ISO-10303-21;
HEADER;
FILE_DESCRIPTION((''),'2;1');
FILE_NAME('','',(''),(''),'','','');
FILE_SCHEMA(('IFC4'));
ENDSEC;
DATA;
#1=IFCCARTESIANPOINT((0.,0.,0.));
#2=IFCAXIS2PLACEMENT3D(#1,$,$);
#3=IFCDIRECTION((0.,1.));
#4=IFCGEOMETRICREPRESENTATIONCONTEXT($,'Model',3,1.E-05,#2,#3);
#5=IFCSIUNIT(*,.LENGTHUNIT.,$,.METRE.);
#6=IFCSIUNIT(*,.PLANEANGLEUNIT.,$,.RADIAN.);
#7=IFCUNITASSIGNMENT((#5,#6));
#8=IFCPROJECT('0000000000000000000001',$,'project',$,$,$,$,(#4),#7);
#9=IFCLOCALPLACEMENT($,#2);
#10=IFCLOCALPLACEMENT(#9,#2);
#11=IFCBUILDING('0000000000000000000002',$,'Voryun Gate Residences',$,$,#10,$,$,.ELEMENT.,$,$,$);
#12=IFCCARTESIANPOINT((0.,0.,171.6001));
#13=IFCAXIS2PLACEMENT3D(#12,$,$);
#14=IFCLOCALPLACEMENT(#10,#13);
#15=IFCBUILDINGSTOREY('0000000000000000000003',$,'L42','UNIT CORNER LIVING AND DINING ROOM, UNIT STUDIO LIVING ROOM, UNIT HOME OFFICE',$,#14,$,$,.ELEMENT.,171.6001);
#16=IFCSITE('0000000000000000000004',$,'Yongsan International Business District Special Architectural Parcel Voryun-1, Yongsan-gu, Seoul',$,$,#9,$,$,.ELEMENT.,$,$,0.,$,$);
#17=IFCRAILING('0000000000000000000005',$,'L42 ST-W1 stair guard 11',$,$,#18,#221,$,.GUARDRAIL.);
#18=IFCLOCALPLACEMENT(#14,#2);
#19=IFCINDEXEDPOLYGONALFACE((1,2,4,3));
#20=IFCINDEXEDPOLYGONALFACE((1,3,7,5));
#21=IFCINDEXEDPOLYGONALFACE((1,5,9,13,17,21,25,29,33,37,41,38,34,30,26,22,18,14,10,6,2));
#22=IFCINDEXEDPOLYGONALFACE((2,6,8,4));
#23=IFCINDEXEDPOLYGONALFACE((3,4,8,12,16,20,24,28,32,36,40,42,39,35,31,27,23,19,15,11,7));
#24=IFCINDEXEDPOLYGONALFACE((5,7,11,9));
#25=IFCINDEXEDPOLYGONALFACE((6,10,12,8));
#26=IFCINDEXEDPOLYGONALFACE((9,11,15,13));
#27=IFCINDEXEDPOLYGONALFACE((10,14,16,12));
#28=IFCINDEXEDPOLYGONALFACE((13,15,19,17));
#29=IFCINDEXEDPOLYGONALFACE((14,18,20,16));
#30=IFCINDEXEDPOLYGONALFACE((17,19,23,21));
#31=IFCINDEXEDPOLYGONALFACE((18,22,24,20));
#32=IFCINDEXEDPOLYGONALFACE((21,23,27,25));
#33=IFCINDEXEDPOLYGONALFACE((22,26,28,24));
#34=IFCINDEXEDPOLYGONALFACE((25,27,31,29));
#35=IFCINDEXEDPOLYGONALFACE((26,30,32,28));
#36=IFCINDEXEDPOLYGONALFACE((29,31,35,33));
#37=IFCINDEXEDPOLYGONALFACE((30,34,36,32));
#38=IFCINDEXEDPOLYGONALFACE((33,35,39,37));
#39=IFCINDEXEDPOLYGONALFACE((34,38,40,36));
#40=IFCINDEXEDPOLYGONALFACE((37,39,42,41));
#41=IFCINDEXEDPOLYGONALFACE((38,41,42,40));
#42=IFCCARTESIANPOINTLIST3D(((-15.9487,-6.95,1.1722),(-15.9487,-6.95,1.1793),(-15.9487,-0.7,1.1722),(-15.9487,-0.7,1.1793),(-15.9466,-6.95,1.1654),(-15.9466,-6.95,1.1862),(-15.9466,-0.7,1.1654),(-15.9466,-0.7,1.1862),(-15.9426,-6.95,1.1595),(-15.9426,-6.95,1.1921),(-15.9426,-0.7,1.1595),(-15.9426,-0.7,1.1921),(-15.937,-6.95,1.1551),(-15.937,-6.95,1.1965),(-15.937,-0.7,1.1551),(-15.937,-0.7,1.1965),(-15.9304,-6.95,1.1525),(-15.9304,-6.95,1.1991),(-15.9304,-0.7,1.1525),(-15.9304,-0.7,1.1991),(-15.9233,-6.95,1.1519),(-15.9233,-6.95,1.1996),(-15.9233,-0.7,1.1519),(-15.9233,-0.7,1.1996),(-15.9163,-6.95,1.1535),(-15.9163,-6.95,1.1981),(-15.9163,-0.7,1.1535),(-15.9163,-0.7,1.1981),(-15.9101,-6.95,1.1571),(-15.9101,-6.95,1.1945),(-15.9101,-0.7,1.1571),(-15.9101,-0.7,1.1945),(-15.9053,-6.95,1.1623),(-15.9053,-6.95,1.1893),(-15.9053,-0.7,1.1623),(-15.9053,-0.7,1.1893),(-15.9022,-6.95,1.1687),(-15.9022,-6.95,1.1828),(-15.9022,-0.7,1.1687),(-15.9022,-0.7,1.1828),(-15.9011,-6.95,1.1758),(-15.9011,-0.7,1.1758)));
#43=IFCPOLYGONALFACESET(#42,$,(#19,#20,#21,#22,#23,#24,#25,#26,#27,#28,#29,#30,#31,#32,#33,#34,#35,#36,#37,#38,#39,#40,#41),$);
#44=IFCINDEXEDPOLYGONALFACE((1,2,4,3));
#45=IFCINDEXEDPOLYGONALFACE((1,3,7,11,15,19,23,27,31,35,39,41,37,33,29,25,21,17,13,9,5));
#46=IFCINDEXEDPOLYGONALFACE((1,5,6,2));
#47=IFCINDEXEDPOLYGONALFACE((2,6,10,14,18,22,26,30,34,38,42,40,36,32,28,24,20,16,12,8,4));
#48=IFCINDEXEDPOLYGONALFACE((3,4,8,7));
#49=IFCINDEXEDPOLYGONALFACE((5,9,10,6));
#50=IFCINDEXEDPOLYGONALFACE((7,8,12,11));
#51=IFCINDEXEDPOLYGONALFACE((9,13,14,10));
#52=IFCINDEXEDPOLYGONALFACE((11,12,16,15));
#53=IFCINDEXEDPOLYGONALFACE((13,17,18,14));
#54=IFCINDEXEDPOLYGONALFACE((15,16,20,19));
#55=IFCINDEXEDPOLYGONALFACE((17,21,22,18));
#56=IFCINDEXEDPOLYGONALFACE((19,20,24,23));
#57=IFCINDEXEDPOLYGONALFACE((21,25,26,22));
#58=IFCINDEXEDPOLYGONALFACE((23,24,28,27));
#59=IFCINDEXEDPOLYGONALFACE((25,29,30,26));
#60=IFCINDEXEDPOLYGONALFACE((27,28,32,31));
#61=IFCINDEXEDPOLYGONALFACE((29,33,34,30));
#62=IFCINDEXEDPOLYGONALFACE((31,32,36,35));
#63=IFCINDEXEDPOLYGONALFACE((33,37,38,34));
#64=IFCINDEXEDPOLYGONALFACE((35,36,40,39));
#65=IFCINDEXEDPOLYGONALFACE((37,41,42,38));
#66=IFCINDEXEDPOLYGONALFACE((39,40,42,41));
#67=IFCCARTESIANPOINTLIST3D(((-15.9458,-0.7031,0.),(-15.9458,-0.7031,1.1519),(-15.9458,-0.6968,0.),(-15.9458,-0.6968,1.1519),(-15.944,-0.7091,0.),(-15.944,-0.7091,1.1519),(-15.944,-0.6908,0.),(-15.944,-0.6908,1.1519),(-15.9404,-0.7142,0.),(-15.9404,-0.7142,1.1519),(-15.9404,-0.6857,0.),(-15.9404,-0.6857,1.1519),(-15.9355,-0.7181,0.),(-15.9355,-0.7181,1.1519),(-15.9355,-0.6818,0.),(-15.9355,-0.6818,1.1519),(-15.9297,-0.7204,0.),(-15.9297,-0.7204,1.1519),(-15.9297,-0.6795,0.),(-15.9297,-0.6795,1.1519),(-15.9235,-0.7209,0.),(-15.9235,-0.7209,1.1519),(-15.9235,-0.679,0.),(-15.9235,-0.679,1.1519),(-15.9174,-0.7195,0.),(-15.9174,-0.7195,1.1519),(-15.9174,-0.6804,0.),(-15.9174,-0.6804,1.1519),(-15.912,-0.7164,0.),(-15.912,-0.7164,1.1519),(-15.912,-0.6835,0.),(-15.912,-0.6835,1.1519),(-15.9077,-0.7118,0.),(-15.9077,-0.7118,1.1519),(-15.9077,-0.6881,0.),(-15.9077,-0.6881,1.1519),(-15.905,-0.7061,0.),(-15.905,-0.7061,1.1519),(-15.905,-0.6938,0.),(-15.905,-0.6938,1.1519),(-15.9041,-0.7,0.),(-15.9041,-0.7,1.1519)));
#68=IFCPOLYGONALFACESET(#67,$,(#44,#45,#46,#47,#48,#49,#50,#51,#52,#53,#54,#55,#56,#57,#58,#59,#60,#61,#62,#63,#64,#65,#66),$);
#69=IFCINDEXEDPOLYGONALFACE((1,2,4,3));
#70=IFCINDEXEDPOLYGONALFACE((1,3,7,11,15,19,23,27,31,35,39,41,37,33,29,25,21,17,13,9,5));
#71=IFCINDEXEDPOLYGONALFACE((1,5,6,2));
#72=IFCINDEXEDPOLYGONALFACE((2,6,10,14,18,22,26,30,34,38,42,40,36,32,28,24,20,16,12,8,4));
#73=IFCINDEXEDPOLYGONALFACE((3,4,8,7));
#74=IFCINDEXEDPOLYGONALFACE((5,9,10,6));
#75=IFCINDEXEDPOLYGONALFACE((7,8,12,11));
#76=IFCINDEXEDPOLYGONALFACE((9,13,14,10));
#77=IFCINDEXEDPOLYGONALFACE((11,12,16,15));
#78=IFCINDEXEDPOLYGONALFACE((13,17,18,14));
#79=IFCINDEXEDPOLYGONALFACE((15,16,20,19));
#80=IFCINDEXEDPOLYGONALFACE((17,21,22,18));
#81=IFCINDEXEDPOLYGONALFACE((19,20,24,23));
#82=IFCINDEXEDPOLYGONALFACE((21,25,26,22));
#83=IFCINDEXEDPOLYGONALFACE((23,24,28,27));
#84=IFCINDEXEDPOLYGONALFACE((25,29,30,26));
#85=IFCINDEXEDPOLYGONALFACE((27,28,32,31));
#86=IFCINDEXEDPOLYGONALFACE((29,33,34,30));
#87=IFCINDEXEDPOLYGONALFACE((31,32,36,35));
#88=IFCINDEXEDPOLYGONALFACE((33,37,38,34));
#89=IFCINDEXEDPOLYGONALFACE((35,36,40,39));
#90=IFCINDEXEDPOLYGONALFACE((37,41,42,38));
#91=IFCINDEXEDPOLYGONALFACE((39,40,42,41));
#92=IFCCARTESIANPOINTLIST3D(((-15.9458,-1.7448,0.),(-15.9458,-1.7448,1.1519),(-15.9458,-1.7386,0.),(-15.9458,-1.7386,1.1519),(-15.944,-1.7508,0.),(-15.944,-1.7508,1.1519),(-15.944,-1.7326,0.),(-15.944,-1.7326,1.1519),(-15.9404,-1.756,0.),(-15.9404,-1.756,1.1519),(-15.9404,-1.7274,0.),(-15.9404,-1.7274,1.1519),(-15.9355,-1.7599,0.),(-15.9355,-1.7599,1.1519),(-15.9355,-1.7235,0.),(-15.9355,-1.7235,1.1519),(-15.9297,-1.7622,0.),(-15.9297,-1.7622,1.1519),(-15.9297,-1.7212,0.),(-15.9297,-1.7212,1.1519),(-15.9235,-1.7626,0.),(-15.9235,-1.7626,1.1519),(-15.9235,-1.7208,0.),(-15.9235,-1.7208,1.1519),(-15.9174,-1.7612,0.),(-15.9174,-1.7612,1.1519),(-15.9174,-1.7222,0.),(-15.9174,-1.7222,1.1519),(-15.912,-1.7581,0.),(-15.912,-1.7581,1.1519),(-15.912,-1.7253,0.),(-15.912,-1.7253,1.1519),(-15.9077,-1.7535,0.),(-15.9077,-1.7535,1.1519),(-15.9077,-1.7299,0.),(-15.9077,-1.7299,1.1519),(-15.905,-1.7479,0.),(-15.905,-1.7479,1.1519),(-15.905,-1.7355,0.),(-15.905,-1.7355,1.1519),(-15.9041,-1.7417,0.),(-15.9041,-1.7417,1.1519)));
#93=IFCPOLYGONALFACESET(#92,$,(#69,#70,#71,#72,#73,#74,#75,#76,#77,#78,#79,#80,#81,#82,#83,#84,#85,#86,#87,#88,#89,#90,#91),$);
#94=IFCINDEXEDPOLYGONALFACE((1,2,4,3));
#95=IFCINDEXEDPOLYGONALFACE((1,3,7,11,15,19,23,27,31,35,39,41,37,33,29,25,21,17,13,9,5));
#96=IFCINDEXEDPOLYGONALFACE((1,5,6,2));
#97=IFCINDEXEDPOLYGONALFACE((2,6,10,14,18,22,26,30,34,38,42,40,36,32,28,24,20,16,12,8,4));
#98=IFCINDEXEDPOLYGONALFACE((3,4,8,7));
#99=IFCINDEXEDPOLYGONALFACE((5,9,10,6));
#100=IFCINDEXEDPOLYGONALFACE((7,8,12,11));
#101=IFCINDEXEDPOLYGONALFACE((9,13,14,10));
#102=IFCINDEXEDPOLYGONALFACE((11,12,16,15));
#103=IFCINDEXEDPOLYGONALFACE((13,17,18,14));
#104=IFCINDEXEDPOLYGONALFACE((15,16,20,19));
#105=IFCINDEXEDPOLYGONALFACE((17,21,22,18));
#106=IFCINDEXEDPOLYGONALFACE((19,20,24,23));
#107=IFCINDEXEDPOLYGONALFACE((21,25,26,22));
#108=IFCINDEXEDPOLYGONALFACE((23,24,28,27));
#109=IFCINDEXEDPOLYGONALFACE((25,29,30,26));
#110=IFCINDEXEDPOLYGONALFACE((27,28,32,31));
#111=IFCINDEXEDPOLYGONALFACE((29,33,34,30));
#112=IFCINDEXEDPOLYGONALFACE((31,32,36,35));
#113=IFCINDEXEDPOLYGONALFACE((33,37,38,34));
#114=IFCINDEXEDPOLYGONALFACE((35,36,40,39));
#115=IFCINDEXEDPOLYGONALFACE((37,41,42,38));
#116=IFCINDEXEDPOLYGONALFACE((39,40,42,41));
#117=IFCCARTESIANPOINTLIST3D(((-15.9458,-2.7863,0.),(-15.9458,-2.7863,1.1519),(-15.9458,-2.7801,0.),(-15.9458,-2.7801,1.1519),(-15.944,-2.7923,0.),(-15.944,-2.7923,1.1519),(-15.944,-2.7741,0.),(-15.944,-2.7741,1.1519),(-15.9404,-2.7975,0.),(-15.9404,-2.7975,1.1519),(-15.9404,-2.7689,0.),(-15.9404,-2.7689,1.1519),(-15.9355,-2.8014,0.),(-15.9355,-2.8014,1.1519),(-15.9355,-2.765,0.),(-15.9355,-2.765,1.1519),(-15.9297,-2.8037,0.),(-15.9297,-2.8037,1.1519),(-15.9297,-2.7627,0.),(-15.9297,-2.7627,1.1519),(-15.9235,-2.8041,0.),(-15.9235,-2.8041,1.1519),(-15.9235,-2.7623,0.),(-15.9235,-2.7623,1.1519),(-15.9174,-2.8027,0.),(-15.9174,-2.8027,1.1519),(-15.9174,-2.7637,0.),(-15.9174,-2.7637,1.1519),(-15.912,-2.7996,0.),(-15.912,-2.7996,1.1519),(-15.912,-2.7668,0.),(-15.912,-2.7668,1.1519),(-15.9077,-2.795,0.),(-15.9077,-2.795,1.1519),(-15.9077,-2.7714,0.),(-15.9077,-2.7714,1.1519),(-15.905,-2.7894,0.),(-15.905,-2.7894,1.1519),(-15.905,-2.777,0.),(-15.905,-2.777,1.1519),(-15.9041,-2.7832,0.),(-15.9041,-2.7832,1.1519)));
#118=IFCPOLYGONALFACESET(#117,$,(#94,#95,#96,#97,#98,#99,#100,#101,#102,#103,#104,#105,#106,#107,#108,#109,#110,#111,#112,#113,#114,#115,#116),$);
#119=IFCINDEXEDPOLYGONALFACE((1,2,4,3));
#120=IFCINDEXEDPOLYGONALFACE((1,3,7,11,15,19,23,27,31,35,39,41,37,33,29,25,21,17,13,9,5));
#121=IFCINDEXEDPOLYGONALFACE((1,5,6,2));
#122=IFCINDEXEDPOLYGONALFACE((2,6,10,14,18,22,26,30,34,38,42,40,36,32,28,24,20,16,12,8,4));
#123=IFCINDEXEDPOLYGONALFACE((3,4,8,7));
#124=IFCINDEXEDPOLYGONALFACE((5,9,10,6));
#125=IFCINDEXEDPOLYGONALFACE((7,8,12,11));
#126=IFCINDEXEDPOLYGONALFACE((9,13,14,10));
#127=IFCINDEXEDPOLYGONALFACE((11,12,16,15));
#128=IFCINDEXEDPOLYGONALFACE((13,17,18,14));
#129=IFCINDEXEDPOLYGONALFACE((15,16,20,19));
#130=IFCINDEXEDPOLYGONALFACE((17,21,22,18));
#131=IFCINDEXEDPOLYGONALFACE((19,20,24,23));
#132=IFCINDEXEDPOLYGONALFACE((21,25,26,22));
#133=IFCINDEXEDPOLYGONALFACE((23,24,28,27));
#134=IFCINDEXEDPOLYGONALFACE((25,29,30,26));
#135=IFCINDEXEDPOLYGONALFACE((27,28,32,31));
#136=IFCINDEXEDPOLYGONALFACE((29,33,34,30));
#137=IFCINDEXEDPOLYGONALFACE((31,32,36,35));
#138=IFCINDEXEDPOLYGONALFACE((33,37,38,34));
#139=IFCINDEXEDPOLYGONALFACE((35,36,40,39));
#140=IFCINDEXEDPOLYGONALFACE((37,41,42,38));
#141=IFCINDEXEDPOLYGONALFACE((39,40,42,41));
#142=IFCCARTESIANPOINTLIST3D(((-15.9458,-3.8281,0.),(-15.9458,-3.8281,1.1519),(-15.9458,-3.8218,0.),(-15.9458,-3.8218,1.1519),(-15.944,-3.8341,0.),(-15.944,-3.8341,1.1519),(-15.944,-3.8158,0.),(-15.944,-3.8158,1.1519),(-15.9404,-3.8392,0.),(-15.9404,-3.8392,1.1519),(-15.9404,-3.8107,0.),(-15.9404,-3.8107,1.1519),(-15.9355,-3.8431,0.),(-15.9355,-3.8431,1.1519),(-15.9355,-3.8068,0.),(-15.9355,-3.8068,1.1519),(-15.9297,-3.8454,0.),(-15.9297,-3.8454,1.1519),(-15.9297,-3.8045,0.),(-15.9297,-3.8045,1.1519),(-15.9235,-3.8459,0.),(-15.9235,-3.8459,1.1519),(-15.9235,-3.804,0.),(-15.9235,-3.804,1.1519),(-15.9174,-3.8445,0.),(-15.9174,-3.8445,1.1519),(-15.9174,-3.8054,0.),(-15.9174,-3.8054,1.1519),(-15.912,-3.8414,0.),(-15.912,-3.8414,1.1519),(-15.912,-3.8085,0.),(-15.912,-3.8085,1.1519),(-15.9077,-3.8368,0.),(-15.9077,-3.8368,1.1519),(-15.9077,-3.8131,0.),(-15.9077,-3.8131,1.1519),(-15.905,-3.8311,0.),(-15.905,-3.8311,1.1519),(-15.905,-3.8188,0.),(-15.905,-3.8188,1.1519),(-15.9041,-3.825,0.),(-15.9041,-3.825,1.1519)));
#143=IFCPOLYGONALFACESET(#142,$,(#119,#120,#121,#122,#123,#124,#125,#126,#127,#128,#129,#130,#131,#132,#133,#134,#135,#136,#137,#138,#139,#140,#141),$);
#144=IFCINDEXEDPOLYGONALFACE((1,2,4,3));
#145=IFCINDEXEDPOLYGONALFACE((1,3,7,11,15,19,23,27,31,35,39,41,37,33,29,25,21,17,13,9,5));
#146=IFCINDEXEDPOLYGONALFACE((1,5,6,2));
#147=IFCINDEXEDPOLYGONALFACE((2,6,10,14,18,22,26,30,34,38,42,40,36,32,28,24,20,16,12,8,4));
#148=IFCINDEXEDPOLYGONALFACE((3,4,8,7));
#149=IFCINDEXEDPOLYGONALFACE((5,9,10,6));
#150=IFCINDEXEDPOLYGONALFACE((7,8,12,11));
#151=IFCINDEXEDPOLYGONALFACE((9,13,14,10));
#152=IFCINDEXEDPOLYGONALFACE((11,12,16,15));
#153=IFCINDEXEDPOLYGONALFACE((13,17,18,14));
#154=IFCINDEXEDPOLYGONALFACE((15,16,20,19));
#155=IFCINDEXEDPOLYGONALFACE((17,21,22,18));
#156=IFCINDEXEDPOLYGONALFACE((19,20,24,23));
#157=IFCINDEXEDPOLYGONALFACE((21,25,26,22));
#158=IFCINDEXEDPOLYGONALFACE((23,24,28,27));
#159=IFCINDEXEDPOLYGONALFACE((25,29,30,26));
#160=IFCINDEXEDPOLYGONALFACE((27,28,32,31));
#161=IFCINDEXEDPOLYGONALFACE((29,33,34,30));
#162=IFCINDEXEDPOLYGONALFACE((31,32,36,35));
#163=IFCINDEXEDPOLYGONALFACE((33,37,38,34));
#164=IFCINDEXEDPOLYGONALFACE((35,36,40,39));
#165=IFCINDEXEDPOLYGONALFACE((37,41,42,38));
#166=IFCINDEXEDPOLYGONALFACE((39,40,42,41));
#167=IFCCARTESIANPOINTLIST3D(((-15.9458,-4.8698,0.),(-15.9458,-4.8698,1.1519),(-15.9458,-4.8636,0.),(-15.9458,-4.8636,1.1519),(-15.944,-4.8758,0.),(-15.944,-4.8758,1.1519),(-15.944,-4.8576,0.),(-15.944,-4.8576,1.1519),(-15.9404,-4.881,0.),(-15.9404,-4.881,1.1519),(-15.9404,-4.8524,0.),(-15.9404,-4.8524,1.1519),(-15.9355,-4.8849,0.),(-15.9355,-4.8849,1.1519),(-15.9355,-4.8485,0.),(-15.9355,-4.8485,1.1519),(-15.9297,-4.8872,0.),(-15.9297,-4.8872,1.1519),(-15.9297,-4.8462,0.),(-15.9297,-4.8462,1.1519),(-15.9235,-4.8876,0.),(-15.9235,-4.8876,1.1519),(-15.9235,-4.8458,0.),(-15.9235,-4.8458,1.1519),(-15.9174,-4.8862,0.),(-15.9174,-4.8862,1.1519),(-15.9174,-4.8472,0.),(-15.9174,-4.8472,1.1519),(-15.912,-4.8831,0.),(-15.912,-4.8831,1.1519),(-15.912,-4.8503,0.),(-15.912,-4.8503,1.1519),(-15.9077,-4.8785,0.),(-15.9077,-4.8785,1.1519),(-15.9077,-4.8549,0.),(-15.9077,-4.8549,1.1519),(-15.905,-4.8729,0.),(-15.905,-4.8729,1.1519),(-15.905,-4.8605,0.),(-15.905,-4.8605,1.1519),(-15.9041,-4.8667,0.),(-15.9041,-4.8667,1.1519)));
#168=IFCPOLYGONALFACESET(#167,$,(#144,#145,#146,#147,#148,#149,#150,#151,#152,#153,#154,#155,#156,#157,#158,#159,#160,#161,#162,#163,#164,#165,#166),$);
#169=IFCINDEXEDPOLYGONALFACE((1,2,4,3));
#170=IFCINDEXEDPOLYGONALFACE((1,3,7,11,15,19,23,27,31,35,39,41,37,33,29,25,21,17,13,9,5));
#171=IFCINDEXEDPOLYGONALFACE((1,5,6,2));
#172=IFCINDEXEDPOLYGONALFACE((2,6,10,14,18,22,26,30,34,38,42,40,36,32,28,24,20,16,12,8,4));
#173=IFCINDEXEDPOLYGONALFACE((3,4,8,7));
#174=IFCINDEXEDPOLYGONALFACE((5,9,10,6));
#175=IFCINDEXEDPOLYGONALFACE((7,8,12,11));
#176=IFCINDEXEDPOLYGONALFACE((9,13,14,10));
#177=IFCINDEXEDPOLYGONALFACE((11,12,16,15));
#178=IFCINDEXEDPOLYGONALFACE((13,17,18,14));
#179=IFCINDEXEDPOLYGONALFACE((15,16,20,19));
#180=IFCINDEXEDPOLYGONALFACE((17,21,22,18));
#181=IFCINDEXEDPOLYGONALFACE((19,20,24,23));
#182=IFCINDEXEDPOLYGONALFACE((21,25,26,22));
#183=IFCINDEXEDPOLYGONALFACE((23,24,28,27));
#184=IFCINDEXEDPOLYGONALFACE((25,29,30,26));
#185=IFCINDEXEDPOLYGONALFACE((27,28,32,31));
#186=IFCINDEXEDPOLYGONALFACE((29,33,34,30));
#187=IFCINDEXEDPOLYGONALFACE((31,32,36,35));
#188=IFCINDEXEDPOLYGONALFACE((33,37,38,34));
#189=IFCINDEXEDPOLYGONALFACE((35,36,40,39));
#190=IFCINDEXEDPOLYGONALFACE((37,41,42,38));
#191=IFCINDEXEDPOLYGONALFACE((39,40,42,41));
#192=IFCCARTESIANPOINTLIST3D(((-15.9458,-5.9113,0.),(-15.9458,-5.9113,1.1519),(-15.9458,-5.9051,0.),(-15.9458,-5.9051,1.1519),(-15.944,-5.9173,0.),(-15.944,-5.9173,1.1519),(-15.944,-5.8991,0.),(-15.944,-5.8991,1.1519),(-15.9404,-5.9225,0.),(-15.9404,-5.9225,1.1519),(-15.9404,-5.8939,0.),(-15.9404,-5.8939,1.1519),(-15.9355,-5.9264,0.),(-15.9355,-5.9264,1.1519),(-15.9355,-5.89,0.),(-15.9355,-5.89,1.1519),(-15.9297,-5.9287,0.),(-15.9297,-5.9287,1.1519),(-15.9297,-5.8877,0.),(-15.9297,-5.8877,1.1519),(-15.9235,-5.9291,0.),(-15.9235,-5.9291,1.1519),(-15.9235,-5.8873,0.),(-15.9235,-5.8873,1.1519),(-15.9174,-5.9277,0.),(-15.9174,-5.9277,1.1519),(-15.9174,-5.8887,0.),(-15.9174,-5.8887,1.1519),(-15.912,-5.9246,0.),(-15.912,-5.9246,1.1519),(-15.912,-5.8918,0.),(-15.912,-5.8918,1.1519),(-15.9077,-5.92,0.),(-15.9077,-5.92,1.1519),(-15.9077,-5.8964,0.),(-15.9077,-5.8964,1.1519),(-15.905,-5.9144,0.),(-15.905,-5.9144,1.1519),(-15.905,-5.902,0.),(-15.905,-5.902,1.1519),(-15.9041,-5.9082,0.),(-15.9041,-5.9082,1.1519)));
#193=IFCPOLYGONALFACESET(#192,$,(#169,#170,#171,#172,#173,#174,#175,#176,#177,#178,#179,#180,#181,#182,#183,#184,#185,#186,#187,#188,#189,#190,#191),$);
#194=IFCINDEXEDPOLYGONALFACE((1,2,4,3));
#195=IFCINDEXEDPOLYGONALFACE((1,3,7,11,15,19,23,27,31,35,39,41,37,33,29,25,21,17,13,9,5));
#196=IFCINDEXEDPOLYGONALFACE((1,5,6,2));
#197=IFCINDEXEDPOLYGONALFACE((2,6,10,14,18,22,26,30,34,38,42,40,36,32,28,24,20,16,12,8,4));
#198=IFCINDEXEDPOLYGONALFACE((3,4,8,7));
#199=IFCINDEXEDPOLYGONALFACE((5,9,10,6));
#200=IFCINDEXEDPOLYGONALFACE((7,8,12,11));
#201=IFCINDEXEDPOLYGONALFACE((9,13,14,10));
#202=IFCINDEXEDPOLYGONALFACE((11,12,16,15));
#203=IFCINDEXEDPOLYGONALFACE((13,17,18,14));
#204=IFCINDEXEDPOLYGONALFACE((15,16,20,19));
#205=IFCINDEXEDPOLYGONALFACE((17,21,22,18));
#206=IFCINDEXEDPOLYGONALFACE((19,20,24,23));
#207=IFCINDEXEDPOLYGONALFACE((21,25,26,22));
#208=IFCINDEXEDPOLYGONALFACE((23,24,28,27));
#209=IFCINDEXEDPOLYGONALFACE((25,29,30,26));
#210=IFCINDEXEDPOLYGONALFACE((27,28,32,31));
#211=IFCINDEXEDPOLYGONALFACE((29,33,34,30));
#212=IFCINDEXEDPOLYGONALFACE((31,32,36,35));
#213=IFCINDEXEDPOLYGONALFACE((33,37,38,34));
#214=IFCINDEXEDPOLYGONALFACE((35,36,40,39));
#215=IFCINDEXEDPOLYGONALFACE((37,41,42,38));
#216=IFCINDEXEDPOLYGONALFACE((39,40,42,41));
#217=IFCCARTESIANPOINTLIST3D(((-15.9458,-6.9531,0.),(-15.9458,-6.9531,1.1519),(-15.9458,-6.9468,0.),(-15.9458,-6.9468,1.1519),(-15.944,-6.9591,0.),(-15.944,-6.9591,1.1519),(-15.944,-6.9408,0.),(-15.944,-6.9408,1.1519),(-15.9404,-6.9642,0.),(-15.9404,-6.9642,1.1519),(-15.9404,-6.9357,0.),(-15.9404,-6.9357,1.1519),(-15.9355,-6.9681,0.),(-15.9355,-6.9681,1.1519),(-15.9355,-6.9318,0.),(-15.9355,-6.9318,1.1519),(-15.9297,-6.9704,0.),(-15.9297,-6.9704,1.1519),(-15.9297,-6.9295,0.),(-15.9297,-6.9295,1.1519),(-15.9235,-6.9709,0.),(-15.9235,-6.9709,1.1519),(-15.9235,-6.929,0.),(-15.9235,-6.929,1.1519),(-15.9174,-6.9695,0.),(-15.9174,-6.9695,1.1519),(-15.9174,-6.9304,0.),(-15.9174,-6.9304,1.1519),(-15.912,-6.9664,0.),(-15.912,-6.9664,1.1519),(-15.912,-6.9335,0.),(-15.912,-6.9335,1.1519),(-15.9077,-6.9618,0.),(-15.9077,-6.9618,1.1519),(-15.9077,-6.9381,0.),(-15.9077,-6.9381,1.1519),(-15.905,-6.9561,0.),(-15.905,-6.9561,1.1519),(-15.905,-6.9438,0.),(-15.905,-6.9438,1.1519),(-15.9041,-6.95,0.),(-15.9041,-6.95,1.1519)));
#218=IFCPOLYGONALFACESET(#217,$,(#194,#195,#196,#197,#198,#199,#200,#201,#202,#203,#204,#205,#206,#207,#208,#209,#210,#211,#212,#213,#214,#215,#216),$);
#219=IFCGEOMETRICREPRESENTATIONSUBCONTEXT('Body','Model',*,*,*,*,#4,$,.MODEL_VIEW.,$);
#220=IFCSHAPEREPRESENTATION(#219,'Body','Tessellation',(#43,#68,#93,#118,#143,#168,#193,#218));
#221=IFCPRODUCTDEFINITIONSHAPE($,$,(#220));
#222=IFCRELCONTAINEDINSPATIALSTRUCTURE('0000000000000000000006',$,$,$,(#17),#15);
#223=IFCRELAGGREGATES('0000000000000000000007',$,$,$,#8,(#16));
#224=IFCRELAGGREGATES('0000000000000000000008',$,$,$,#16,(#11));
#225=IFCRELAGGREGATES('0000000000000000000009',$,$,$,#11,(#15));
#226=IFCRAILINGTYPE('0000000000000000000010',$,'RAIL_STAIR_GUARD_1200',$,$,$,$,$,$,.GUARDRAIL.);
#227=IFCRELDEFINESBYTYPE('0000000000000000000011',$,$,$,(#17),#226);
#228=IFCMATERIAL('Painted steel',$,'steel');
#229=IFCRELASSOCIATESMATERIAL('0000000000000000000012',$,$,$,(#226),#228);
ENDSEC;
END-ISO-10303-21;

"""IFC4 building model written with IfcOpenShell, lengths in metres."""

from ifc_helpers import new_model, si_unit, direction, frame, origin, origin_2d, place, context, subcontext, project, spatial, circle, extrude, material, type_object, element, save


model = new_model("IFC4")

# Units and contexts
model_context = context("Model", 3, precision=1e-05, world=origin(), true_north=direction((0.0, 1.0)))
body_context = subcontext(model_context, "Body", "Model", "MODEL_VIEW")
ifc_project = project(units=[si_unit("LENGTHUNIT", "METRE"), si_unit("PLANEANGLEUNIT", "RADIAN")], contexts=[model_context])

# Site, building, storey
site_placement = place(None, origin())
site = spatial("IfcSite", under=ifc_project, at=site_placement, Name="Yongsan International Business District Special Architectural Parcel Voryun-1, Yongsan-gu, Seoul", CompositionType="ELEMENT", RefElevation=0.0)
building_placement = place(site_placement, origin())
building = spatial("IfcBuilding", under=site, at=building_placement, Name="Voryun Gate Residences", CompositionType="ELEMENT")
storey_placement = place(building_placement, frame((0.0, 0.0, 171.6001)))
storey = spatial("IfcBuildingStorey", under=building, at=storey_placement, Name="L42", Description="UNIT CORNER LIVING AND DINING ROOM, UNIT STUDIO LIVING ROOM, UNIT HOME OFFICE", CompositionType="ELEMENT", Elevation=171.6001)

# Railing
ifc_material_1 = material(Name="Painted steel", Category="steel")
railing_type = type_object("IfcRailingType", Name="RAIL_STAIR_GUARD_1200", PredefinedType="GUARDRAIL", material=ifc_material_1)
railing_1_placement = place(storey_placement, frame((-15.925, -0.7, 0.0)))
element("IfcRailing", 1, at=railing_1_placement, inside=storey, type_object=railing_type, Name="L42 ST-W1 stair guard 11", PredefinedType="GUARDRAIL", context=body_context, shape_type="SweptSolid", body=[
    extrude(circle(Radius=0.0239, at=origin_2d()), frame((0.0, 0.0, 1.1758), z_axis=(0.0, -1.0, 0.0), x_axis=(1.0, 0.0, 0.0)), (0.0, 0.0, 1.0), 6.25),
    extrude(circle(Radius=0.021, at=origin_2d()), origin(), (0.0, 0.0, 1.0), 1.1519),
    extrude(circle(Radius=0.021, at=origin_2d()), frame((0.0, -1.0417, 0.0)), (0.0, 0.0, 1.0), 1.1519),
    extrude(circle(Radius=0.021, at=origin_2d()), frame((0.0, -2.0833, 0.0)), (0.0, 0.0, 1.0), 1.1519),
    extrude(circle(Radius=0.021, at=origin_2d()), frame((0.0, -3.125, 0.0)), (0.0, 0.0, 1.0), 1.1519),
    extrude(circle(Radius=0.021, at=origin_2d()), frame((0.0, -4.1667, 0.0)), (0.0, 0.0, 1.0), 1.1519),
    extrude(circle(Radius=0.021, at=origin_2d()), frame((0.0, -5.2083, 0.0)), (0.0, 0.0, 1.0), 1.1519),
    extrude(circle(Radius=0.021, at=origin_2d()), frame((0.0, -6.25, 0.0)), (0.0, 0.0, 1.0), 1.1519),
])

save(model, "model.ifc")
